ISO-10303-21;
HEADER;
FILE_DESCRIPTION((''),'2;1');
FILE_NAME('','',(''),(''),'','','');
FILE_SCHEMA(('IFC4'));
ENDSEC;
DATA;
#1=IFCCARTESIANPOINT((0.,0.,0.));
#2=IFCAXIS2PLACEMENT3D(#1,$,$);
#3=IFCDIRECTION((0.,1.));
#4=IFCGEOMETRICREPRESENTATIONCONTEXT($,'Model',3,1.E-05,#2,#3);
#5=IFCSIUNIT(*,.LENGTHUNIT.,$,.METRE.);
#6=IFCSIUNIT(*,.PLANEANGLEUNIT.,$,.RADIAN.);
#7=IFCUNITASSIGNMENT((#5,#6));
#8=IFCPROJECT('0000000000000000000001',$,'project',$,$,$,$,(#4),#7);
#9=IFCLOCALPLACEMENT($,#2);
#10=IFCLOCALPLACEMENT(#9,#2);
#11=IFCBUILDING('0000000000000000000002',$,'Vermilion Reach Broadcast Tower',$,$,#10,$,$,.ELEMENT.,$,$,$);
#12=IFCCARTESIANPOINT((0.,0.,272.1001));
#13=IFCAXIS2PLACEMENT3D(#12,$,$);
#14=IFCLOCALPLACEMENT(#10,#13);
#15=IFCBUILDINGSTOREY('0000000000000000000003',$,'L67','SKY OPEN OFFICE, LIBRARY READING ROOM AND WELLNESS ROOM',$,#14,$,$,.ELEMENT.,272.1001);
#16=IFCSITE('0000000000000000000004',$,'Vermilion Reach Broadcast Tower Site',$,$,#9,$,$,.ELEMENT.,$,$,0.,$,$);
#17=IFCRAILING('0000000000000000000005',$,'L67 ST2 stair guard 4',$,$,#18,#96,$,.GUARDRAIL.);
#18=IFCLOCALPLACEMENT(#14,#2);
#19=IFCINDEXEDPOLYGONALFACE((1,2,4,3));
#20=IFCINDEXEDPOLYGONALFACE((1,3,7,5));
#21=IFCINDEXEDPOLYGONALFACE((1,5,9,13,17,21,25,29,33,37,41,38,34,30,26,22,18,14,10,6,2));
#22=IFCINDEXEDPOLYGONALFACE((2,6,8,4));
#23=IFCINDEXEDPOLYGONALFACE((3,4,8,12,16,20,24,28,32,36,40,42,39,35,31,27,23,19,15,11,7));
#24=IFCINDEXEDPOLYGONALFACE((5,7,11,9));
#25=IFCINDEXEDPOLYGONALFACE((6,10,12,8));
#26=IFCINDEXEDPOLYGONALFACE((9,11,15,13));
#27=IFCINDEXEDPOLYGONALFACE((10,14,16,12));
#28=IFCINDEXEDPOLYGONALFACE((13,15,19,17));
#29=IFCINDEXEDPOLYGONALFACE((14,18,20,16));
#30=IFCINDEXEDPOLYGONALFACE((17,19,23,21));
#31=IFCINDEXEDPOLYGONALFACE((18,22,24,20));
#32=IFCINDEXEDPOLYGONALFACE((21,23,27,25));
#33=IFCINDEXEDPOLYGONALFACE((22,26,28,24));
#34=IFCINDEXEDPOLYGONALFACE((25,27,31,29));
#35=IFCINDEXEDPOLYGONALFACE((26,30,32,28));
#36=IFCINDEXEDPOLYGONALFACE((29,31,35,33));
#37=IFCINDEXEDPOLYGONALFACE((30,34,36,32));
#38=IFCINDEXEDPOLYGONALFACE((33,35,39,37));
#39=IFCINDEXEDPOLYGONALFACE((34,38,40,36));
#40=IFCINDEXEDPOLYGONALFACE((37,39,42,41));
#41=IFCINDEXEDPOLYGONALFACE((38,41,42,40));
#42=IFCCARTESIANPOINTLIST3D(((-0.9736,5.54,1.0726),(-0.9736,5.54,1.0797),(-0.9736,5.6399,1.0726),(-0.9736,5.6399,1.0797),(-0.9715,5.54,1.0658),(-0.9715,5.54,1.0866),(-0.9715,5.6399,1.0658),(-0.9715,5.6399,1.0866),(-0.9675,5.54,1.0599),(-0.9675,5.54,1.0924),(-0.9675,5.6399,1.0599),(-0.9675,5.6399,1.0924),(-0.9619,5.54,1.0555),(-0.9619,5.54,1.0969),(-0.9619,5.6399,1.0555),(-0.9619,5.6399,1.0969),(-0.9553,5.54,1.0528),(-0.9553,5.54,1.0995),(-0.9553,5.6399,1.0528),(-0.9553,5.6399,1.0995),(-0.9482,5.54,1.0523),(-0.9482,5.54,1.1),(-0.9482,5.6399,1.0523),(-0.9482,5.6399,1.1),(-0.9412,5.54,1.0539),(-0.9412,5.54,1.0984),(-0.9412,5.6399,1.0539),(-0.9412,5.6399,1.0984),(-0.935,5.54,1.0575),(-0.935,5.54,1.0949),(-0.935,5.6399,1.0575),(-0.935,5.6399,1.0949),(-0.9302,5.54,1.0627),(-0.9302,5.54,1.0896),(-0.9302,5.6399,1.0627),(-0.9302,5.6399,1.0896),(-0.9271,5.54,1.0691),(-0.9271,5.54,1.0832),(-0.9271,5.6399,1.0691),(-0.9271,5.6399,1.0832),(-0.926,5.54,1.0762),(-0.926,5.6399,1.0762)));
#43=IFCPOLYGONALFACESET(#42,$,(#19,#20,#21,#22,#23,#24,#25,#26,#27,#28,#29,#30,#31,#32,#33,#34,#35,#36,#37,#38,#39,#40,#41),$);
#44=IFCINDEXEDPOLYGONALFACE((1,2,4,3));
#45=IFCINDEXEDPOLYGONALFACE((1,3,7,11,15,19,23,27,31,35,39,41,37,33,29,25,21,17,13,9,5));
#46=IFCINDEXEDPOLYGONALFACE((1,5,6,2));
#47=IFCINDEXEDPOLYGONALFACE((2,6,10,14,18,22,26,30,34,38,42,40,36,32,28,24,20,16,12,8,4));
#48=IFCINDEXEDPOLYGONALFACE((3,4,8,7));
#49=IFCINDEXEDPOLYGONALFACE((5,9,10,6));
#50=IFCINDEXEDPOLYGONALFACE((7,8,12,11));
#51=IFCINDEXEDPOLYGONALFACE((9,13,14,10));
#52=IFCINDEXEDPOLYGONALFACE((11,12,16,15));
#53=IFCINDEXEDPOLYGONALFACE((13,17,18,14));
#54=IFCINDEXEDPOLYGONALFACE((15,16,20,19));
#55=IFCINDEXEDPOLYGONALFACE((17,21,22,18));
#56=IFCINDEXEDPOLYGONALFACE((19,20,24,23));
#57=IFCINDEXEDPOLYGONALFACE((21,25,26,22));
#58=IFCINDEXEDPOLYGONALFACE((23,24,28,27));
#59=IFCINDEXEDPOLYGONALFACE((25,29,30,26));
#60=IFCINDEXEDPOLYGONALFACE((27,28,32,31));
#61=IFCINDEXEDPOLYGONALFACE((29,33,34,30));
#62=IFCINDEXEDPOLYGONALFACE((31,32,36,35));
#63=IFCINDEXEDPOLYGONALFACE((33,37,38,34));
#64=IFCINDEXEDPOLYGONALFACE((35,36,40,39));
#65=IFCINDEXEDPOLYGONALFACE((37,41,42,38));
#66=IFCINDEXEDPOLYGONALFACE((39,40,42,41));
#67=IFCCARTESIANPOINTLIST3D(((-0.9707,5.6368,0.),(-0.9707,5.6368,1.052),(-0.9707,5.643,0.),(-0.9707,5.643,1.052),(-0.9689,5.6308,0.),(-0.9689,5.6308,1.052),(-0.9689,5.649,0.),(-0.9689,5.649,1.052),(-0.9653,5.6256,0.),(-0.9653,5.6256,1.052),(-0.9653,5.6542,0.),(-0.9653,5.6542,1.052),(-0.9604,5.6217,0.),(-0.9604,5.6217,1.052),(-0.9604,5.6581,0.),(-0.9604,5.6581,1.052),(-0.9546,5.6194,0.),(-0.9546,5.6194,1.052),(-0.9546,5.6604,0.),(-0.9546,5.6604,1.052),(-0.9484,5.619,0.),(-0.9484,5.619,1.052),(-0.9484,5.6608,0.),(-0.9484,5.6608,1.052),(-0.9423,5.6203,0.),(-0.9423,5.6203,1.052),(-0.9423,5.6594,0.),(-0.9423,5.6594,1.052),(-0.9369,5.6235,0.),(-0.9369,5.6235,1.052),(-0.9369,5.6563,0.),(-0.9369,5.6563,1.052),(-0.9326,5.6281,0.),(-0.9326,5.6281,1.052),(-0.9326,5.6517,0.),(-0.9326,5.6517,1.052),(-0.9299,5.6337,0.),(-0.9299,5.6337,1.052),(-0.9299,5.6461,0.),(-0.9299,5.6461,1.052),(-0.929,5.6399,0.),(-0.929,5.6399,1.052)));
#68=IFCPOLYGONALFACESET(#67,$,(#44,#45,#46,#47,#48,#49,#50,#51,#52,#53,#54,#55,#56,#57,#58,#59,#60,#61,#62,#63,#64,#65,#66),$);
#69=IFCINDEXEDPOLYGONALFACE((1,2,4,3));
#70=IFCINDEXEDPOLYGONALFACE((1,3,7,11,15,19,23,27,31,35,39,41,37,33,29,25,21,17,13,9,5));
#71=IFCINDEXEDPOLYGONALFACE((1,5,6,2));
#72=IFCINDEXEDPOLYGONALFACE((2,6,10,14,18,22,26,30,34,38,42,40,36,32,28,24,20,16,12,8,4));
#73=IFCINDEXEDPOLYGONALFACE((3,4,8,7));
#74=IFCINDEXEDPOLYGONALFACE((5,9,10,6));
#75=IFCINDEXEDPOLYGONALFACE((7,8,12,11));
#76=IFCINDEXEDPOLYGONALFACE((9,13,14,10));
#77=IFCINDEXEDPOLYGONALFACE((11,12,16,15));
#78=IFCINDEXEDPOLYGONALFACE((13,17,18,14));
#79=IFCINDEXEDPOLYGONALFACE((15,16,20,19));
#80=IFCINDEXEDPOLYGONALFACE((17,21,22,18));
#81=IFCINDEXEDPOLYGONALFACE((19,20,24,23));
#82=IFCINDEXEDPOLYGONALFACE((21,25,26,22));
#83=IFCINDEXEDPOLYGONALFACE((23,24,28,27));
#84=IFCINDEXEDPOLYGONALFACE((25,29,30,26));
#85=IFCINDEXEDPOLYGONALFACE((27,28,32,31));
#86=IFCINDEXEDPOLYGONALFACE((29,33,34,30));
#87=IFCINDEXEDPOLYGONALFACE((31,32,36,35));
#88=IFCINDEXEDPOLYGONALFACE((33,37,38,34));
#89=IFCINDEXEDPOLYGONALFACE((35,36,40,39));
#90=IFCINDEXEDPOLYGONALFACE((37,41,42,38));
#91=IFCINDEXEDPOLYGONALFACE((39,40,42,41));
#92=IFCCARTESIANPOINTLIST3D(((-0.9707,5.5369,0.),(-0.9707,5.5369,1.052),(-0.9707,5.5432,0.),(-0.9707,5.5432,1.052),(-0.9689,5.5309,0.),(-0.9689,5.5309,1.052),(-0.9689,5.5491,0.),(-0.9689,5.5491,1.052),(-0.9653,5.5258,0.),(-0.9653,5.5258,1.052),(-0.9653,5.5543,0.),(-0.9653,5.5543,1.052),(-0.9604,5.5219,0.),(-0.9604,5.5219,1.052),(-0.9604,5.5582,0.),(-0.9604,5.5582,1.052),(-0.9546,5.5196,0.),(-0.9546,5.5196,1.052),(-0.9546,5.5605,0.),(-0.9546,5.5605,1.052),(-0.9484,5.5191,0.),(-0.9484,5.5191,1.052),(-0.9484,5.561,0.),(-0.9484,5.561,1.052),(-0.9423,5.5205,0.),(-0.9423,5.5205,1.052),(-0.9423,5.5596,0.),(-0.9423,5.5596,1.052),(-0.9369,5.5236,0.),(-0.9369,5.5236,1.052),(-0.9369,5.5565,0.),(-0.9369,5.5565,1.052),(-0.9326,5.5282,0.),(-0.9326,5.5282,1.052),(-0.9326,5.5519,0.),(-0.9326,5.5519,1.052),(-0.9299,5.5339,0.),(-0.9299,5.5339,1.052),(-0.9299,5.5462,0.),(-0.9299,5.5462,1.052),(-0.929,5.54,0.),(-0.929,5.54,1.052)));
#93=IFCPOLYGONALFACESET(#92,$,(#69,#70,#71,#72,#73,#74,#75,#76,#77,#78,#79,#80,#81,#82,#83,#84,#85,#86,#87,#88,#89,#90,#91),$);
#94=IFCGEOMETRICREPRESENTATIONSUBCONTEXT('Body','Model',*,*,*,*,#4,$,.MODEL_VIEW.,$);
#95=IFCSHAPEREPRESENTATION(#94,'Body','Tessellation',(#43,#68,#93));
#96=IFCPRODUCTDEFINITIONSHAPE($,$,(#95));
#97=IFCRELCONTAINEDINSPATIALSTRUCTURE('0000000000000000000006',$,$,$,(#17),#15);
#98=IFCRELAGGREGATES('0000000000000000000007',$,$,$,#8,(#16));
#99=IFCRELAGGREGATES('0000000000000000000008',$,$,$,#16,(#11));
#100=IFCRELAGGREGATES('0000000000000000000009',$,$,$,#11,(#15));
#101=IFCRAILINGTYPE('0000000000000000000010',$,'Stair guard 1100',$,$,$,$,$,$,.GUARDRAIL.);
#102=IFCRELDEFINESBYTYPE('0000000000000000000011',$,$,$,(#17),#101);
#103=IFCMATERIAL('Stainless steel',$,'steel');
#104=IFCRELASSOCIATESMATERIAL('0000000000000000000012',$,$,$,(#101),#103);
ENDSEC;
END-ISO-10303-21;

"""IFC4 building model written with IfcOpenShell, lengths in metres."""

from ifc_helpers import new_model, si_unit, direction, frame, origin, origin_2d, place, context, subcontext, project, spatial, circle, extrude, material, type_object, element, save


model = new_model("IFC4")

# Units and contexts
model_context = context("Model", 3, precision=1e-05, world=origin(), true_north=direction((0.0, 1.0)))
body_context = subcontext(model_context, "Body", "Model", "MODEL_VIEW")
ifc_project = project(units=[si_unit("LENGTHUNIT", "METRE"), si_unit("PLANEANGLEUNIT", "RADIAN")], contexts=[model_context])

# Site, building, storey
site_placement = place(None, origin())
site = spatial("IfcSite", under=ifc_project, at=site_placement, Name="Vermilion Reach Broadcast Tower Site", CompositionType="ELEMENT", RefElevation=0.0)
building_placement = place(site_placement, origin())
building = spatial("IfcBuilding", under=site, at=building_placement, Name="Vermilion Reach Broadcast Tower", CompositionType="ELEMENT")
storey_placement = place(building_placement, frame((0.0, 0.0, 272.1001)))
storey = spatial("IfcBuildingStorey", under=building, at=storey_placement, Name="L67", Description="SKY OPEN OFFICE, LIBRARY READING ROOM AND WELLNESS ROOM", CompositionType="ELEMENT", Elevation=272.1001)

# Railing
ifc_material_1 = material(Name="Stainless steel", Category="steel")
railing_type_1 = type_object("IfcRailingType", Name="Stair guard 1100", PredefinedType="GUARDRAIL", material=ifc_material_1)
railing_1_placement = place(storey_placement, frame((-0.95, 5.6399, 0.0)))
element("IfcRailing", 1, at=railing_1_placement, inside=storey, type_object=railing_type_1, Name="L67 ST2 stair guard 4", PredefinedType="GUARDRAIL", context=body_context, shape_type="SweptSolid", body=[
    extrude(circle(Radius=0.0239, at=origin_2d()), frame((0.0, 0.0, 1.0762), z_axis=(0.0, -1.0, 0.0), x_axis=(1.0, 0.0, 0.0)), (0.0, 0.0, 1.0), 0.0999),
    extrude(circle(Radius=0.021, at=origin_2d()), origin(), (0.0, 0.0, 1.0), 1.052),
    extrude(circle(Radius=0.021, at=origin_2d()), frame((0.0, -0.0999, 0.0)), (0.0, 0.0, 1.0), 1.052),
])

save(model, "model.ifc")
